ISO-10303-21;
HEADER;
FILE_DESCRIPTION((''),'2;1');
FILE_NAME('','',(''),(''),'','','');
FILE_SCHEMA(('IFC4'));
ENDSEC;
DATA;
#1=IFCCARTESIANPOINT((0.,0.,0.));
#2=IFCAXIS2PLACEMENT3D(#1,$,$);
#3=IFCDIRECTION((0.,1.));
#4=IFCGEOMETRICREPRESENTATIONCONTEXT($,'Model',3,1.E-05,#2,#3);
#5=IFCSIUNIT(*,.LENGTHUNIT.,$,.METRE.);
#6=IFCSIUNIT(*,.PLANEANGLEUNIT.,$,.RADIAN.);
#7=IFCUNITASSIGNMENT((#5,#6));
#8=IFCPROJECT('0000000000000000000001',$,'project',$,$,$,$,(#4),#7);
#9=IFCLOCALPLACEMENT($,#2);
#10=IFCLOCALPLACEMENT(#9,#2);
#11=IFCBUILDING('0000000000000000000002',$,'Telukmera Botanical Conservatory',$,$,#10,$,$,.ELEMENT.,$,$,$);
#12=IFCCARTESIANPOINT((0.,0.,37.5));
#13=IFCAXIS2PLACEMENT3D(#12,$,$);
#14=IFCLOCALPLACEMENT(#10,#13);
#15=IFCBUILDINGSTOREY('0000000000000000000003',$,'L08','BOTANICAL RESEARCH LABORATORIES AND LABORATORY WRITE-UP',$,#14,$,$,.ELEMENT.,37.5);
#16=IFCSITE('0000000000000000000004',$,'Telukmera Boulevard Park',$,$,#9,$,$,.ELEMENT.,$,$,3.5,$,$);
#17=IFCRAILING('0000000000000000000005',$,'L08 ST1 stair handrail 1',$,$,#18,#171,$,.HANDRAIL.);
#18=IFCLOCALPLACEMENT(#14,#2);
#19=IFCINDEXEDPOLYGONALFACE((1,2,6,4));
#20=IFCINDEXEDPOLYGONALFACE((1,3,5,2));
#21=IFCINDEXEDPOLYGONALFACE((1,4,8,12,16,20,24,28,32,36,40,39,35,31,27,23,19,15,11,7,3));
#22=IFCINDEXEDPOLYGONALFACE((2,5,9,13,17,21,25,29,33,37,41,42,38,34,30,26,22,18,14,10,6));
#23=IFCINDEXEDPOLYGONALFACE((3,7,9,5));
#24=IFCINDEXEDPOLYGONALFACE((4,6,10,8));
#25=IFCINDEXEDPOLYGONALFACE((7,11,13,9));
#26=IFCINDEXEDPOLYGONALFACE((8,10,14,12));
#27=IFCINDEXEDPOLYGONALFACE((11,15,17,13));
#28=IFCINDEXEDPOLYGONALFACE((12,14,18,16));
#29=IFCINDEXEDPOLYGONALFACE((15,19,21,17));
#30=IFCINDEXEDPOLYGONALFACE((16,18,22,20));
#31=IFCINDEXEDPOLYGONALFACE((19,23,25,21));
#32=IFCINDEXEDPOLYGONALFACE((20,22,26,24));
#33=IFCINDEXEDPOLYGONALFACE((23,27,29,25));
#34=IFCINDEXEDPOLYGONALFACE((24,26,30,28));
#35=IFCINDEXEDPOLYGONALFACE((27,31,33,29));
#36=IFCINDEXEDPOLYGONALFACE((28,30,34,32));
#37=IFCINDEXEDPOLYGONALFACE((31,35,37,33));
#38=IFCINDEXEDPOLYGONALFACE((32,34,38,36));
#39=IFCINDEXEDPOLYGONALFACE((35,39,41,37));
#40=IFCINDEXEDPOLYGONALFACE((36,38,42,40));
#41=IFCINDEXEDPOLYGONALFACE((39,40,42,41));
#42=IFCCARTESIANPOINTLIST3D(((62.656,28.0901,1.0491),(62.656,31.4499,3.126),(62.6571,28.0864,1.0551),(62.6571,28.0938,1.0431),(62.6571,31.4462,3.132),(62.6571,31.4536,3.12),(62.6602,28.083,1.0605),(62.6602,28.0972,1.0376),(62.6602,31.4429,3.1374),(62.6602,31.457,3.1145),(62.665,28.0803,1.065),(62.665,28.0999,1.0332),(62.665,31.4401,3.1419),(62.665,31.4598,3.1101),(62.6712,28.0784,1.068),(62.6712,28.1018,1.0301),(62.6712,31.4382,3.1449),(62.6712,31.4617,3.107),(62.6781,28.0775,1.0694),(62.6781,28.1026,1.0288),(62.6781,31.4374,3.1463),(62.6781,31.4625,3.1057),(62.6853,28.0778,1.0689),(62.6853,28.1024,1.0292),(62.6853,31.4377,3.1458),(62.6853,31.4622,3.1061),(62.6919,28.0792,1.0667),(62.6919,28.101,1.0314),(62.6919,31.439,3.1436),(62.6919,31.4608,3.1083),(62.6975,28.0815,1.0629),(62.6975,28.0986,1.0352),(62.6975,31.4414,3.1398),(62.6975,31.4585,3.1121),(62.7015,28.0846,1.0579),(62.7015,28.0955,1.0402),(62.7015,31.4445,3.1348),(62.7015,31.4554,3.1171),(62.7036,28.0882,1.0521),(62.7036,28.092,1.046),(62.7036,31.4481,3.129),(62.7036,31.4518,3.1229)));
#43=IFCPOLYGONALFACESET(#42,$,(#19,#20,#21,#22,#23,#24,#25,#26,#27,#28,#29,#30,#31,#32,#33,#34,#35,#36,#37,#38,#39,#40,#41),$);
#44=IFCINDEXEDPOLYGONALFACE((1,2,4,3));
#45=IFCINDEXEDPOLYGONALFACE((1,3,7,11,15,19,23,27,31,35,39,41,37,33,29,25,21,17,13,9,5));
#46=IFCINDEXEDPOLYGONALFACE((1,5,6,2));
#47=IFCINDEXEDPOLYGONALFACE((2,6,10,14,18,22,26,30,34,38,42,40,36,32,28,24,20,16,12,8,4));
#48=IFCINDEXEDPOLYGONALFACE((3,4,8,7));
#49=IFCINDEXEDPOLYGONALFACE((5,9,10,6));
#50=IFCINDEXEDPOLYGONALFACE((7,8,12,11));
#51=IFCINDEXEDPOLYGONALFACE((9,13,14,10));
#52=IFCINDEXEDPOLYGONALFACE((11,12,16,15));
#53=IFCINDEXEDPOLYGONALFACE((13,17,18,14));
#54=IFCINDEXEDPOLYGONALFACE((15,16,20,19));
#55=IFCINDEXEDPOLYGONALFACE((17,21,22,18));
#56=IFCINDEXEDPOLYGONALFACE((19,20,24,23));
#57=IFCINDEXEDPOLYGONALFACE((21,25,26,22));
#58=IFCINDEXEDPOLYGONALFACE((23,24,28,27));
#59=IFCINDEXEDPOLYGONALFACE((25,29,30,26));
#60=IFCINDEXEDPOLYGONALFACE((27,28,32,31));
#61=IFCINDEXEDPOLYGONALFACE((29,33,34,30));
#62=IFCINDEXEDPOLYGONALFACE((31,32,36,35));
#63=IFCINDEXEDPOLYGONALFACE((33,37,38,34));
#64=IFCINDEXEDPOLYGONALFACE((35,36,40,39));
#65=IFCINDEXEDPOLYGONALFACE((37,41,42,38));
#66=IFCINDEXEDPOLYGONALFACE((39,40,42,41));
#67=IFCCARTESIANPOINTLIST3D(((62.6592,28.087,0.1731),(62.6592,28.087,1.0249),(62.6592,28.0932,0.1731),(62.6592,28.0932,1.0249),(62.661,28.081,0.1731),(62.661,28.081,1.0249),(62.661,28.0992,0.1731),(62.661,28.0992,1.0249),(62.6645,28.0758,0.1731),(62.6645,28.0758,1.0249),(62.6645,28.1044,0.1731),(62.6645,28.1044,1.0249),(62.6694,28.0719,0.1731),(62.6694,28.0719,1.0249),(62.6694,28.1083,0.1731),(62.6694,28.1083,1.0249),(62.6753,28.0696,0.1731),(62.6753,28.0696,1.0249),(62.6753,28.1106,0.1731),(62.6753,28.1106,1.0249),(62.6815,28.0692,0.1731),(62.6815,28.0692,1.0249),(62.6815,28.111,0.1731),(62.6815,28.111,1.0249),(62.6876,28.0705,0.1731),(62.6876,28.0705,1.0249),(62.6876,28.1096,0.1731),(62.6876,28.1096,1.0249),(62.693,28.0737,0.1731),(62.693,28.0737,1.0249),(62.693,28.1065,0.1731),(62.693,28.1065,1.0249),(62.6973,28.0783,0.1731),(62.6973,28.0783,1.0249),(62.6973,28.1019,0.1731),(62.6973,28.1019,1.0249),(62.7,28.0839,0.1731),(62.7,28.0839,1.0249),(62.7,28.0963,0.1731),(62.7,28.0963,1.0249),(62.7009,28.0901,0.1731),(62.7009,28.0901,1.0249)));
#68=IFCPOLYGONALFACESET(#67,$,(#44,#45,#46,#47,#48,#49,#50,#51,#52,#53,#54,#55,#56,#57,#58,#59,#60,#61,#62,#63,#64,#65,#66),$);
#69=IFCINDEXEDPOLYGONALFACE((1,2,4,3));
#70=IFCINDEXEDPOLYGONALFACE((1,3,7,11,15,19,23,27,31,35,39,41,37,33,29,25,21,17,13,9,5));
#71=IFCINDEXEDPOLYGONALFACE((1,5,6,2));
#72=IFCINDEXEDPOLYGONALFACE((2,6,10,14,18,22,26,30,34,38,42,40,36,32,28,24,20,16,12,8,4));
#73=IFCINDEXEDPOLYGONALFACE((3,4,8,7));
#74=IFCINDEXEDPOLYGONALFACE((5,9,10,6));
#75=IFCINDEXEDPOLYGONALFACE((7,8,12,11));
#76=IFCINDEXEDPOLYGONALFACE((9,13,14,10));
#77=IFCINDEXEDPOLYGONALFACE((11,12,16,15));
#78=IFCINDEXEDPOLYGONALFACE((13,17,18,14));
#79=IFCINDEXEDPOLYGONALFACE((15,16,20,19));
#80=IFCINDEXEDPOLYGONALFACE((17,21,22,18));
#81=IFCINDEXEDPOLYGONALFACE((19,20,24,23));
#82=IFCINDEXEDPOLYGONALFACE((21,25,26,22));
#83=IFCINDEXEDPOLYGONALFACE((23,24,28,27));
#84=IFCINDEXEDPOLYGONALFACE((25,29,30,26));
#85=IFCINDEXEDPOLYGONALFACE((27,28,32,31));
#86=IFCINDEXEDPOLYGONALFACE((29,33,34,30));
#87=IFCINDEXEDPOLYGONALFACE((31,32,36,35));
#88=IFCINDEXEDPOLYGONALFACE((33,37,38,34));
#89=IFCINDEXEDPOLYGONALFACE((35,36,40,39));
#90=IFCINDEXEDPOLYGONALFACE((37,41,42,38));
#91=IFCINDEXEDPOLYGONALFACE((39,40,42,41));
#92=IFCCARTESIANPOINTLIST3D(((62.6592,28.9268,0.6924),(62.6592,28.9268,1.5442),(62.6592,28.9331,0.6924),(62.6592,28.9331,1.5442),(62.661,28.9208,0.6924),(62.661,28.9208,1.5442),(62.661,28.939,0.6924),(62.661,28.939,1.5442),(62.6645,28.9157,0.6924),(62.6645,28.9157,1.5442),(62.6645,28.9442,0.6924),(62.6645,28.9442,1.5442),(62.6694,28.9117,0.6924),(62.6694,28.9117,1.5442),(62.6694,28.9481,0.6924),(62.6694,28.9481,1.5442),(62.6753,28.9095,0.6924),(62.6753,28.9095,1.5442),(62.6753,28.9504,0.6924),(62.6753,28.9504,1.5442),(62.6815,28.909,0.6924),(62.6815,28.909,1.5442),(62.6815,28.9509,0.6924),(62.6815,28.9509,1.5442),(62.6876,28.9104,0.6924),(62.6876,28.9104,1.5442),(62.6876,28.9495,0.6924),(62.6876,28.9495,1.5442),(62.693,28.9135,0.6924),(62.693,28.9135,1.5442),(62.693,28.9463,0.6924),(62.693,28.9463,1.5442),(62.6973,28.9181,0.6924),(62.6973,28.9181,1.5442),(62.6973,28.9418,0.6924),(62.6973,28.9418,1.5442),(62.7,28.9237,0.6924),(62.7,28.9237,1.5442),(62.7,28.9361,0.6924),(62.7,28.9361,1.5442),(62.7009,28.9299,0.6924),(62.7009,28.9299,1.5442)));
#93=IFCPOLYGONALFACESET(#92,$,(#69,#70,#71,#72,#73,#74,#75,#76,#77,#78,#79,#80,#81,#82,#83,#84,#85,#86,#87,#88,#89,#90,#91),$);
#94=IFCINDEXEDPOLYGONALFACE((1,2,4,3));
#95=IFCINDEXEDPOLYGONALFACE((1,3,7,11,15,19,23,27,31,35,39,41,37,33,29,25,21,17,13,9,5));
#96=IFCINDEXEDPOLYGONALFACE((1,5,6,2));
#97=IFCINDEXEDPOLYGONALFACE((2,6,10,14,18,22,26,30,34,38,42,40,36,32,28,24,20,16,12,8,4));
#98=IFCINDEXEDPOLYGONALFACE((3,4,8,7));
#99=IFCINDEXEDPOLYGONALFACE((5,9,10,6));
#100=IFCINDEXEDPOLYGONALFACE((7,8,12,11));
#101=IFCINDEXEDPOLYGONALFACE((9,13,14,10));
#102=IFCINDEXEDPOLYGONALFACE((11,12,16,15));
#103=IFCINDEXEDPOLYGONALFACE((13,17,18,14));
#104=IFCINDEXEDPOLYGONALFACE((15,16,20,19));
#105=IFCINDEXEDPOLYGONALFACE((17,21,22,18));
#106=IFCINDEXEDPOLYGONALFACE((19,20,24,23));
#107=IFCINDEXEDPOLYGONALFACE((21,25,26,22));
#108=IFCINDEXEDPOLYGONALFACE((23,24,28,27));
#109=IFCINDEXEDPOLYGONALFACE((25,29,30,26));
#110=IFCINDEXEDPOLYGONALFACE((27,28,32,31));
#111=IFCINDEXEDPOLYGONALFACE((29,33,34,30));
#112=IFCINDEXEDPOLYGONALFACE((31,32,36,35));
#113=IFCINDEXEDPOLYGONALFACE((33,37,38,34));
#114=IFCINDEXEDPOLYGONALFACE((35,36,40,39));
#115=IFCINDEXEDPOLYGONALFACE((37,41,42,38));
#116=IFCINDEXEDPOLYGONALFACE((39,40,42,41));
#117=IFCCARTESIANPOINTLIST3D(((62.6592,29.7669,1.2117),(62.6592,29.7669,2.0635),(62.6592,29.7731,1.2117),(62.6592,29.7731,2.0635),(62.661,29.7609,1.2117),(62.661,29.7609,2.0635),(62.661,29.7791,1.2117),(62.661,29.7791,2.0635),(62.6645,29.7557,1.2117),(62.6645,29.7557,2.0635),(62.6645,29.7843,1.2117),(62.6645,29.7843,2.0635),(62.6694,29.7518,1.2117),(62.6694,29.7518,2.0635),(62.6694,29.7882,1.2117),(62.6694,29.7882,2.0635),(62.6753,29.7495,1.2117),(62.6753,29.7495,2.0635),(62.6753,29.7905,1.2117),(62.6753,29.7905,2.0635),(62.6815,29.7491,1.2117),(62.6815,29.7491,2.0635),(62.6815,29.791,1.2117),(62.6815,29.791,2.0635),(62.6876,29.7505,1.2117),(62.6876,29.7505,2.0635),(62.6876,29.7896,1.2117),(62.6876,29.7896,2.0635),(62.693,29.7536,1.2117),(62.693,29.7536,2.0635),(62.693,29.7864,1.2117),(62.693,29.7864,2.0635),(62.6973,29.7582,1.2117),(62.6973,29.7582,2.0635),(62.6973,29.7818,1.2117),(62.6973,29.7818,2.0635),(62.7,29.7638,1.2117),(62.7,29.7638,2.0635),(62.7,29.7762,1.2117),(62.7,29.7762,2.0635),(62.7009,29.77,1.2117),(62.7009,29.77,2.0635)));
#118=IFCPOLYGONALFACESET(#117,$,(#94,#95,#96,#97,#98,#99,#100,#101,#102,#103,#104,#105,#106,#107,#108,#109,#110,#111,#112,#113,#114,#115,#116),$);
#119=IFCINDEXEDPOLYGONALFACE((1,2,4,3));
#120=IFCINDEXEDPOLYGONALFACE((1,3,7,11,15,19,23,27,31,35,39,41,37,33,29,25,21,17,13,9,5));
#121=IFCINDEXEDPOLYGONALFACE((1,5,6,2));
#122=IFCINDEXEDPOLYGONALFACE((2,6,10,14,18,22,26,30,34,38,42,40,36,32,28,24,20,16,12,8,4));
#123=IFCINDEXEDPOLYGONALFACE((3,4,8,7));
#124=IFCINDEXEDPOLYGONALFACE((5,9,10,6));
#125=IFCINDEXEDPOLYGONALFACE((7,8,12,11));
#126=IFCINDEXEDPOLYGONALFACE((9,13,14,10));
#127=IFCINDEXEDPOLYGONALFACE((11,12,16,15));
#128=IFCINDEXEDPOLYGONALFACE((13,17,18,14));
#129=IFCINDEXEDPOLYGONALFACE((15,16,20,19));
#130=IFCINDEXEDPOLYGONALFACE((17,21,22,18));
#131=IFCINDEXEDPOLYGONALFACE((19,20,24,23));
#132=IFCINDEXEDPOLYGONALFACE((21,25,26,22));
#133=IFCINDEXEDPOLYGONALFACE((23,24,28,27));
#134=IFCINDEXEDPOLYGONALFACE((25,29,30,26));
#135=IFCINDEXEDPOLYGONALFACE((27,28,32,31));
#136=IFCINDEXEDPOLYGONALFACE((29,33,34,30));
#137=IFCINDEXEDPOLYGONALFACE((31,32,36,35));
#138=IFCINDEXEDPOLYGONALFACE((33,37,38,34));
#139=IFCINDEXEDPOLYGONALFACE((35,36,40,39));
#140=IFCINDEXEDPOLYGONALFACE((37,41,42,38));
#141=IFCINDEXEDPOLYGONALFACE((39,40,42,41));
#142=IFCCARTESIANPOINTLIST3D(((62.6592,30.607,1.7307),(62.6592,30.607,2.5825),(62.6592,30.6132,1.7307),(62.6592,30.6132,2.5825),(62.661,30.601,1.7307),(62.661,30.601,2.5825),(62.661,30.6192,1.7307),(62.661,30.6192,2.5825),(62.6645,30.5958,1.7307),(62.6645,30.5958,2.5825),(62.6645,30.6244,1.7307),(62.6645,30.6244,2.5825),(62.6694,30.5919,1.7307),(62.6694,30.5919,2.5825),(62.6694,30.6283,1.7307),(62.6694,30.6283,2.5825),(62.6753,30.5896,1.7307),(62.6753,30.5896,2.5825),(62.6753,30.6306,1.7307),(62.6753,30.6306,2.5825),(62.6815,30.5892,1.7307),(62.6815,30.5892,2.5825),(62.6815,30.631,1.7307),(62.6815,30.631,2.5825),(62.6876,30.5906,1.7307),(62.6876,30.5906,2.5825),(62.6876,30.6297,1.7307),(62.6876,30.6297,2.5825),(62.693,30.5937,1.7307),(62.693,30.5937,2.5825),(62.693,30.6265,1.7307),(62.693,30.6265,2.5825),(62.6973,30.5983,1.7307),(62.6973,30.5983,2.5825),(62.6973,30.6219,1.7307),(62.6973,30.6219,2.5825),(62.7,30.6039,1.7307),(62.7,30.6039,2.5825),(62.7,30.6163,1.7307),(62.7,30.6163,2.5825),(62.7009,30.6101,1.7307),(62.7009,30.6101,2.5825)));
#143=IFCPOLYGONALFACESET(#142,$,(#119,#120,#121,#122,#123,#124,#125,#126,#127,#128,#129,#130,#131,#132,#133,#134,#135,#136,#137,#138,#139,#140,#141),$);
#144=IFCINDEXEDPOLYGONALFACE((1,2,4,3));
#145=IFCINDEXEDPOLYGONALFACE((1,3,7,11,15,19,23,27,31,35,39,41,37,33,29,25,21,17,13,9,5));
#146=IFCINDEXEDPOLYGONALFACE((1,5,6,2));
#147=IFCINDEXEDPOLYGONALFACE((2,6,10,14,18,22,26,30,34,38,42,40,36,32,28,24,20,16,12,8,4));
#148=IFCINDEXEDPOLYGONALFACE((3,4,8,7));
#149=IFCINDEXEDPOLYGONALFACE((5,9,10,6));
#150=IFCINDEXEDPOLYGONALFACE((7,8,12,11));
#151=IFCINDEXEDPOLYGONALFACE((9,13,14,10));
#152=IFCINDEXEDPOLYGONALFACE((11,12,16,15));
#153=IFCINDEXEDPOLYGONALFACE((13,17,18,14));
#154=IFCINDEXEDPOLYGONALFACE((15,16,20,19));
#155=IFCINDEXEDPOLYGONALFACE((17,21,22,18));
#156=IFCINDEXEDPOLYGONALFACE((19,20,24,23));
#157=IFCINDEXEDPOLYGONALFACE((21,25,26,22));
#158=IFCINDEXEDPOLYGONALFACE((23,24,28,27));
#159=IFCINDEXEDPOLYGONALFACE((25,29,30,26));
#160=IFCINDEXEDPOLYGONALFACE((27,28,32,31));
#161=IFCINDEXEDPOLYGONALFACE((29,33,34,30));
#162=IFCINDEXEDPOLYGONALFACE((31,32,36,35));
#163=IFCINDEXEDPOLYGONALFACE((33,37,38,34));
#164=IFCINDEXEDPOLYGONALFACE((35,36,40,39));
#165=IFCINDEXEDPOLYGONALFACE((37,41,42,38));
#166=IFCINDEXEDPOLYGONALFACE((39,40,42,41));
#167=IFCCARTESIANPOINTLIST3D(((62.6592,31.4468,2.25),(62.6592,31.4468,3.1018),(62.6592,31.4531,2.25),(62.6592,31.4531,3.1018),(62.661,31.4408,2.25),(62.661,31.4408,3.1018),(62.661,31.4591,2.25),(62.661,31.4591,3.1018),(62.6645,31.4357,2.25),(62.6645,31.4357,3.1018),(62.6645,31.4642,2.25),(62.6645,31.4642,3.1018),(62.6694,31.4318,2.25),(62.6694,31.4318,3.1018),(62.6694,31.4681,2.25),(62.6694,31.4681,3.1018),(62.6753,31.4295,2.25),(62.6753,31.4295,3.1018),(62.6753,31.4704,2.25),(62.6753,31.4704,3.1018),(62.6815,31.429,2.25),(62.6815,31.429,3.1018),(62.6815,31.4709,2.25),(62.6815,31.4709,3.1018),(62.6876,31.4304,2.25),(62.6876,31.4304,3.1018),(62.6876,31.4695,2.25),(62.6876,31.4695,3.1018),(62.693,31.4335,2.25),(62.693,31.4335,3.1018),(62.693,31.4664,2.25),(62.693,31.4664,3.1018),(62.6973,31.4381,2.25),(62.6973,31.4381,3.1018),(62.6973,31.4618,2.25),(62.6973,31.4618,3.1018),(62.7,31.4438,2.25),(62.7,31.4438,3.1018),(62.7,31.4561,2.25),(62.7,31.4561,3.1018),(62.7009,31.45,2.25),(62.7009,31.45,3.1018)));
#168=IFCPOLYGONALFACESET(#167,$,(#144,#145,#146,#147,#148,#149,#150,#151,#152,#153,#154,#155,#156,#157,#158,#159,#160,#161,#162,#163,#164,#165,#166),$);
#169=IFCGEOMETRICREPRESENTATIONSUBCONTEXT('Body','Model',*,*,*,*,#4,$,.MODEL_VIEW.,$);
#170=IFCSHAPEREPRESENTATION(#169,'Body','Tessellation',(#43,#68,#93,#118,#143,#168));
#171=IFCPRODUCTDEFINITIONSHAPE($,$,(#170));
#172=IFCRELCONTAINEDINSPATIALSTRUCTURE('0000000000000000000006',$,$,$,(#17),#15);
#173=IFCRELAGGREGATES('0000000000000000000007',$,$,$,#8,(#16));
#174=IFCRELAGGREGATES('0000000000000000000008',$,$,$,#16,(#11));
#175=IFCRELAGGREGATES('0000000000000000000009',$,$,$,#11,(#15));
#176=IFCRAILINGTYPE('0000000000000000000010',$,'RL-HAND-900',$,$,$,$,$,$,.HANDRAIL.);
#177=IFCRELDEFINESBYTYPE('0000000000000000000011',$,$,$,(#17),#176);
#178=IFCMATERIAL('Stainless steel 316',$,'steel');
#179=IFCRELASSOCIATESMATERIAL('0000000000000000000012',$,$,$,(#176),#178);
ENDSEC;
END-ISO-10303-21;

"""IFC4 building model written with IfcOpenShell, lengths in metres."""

from ifc_helpers import new_model, si_unit, direction, frame, origin, origin_2d, place, context, subcontext, project, spatial, circle, extrude, material, type_object, element, save


model = new_model("IFC4")

# Units and contexts
model_context = context("Model", 3, precision=1e-05, world=origin(), true_north=direction((0.0, 1.0)))
body_context = subcontext(model_context, "Body", "Model", "MODEL_VIEW")
ifc_project = project(units=[si_unit("LENGTHUNIT", "METRE"), si_unit("PLANEANGLEUNIT", "RADIAN")], contexts=[model_context])

# Site, building, storey
site_placement = place(None, origin())
site = spatial("IfcSite", under=ifc_project, at=site_placement, Name="Telukmera Boulevard Park", CompositionType="ELEMENT", RefElevation=3.5)
building_placement = place(site_placement, origin())
building = spatial("IfcBuilding", under=site, at=building_placement, Name="Telukmera Botanical Conservatory", CompositionType="ELEMENT")
storey_placement = place(building_placement, frame((0.0, 0.0, 37.5)))
storey = spatial("IfcBuildingStorey", under=building, at=storey_placement, Name="L08", Description="BOTANICAL RESEARCH LABORATORIES AND LABORATORY WRITE-UP", CompositionType="ELEMENT", Elevation=37.5)

# Railing
ifc_material_1 = material(Name="Stainless steel 316", Category="steel")
railing_type_1 = type_object("IfcRailingType", Name="RL-HAND-900", PredefinedType="HANDRAIL", material=ifc_material_1)
railing_1_placement = place(storey_placement, frame((62.6799, 28.0901, 0.1731)))
element("IfcRailing", 1, at=railing_1_placement, inside=storey, type_object=railing_type_1, Name="L08 ST1 stair handrail 1", PredefinedType="HANDRAIL", context=body_context, shape_type="SweptSolid", body=[
    extrude(circle(Radius=0.0239, at=origin_2d()), frame((0.0, 0.0, 0.876), z_axis=(0.0, 0.850606, 0.525803), x_axis=(-1.0, 0.0, 0.0)), (0.0, 0.0, 1.0), 3.95),
    extrude(circle(Radius=0.021, at=origin_2d()), origin(), (0.0, 0.0, 1.0), 0.8518),
    extrude(circle(Radius=0.021, at=origin_2d()), frame((0.0, 0.8398, 0.5193)), (0.0, 0.0, 1.0), 0.8518),
    extrude(circle(Radius=0.021, at=origin_2d()), frame((0.0, 1.6799, 1.0386)), (0.0, 0.0, 1.0), 0.8518),
    extrude(circle(Radius=0.021, at=origin_2d()), frame((0.0, 2.52, 1.5576)), (0.0, 0.0, 1.0), 0.8518),
    extrude(circle(Radius=0.021, at=origin_2d()), frame((0.0, 3.3599, 2.0769)), (0.0, 0.0, 1.0), 0.8518),
])

save(model, "model.ifc")
